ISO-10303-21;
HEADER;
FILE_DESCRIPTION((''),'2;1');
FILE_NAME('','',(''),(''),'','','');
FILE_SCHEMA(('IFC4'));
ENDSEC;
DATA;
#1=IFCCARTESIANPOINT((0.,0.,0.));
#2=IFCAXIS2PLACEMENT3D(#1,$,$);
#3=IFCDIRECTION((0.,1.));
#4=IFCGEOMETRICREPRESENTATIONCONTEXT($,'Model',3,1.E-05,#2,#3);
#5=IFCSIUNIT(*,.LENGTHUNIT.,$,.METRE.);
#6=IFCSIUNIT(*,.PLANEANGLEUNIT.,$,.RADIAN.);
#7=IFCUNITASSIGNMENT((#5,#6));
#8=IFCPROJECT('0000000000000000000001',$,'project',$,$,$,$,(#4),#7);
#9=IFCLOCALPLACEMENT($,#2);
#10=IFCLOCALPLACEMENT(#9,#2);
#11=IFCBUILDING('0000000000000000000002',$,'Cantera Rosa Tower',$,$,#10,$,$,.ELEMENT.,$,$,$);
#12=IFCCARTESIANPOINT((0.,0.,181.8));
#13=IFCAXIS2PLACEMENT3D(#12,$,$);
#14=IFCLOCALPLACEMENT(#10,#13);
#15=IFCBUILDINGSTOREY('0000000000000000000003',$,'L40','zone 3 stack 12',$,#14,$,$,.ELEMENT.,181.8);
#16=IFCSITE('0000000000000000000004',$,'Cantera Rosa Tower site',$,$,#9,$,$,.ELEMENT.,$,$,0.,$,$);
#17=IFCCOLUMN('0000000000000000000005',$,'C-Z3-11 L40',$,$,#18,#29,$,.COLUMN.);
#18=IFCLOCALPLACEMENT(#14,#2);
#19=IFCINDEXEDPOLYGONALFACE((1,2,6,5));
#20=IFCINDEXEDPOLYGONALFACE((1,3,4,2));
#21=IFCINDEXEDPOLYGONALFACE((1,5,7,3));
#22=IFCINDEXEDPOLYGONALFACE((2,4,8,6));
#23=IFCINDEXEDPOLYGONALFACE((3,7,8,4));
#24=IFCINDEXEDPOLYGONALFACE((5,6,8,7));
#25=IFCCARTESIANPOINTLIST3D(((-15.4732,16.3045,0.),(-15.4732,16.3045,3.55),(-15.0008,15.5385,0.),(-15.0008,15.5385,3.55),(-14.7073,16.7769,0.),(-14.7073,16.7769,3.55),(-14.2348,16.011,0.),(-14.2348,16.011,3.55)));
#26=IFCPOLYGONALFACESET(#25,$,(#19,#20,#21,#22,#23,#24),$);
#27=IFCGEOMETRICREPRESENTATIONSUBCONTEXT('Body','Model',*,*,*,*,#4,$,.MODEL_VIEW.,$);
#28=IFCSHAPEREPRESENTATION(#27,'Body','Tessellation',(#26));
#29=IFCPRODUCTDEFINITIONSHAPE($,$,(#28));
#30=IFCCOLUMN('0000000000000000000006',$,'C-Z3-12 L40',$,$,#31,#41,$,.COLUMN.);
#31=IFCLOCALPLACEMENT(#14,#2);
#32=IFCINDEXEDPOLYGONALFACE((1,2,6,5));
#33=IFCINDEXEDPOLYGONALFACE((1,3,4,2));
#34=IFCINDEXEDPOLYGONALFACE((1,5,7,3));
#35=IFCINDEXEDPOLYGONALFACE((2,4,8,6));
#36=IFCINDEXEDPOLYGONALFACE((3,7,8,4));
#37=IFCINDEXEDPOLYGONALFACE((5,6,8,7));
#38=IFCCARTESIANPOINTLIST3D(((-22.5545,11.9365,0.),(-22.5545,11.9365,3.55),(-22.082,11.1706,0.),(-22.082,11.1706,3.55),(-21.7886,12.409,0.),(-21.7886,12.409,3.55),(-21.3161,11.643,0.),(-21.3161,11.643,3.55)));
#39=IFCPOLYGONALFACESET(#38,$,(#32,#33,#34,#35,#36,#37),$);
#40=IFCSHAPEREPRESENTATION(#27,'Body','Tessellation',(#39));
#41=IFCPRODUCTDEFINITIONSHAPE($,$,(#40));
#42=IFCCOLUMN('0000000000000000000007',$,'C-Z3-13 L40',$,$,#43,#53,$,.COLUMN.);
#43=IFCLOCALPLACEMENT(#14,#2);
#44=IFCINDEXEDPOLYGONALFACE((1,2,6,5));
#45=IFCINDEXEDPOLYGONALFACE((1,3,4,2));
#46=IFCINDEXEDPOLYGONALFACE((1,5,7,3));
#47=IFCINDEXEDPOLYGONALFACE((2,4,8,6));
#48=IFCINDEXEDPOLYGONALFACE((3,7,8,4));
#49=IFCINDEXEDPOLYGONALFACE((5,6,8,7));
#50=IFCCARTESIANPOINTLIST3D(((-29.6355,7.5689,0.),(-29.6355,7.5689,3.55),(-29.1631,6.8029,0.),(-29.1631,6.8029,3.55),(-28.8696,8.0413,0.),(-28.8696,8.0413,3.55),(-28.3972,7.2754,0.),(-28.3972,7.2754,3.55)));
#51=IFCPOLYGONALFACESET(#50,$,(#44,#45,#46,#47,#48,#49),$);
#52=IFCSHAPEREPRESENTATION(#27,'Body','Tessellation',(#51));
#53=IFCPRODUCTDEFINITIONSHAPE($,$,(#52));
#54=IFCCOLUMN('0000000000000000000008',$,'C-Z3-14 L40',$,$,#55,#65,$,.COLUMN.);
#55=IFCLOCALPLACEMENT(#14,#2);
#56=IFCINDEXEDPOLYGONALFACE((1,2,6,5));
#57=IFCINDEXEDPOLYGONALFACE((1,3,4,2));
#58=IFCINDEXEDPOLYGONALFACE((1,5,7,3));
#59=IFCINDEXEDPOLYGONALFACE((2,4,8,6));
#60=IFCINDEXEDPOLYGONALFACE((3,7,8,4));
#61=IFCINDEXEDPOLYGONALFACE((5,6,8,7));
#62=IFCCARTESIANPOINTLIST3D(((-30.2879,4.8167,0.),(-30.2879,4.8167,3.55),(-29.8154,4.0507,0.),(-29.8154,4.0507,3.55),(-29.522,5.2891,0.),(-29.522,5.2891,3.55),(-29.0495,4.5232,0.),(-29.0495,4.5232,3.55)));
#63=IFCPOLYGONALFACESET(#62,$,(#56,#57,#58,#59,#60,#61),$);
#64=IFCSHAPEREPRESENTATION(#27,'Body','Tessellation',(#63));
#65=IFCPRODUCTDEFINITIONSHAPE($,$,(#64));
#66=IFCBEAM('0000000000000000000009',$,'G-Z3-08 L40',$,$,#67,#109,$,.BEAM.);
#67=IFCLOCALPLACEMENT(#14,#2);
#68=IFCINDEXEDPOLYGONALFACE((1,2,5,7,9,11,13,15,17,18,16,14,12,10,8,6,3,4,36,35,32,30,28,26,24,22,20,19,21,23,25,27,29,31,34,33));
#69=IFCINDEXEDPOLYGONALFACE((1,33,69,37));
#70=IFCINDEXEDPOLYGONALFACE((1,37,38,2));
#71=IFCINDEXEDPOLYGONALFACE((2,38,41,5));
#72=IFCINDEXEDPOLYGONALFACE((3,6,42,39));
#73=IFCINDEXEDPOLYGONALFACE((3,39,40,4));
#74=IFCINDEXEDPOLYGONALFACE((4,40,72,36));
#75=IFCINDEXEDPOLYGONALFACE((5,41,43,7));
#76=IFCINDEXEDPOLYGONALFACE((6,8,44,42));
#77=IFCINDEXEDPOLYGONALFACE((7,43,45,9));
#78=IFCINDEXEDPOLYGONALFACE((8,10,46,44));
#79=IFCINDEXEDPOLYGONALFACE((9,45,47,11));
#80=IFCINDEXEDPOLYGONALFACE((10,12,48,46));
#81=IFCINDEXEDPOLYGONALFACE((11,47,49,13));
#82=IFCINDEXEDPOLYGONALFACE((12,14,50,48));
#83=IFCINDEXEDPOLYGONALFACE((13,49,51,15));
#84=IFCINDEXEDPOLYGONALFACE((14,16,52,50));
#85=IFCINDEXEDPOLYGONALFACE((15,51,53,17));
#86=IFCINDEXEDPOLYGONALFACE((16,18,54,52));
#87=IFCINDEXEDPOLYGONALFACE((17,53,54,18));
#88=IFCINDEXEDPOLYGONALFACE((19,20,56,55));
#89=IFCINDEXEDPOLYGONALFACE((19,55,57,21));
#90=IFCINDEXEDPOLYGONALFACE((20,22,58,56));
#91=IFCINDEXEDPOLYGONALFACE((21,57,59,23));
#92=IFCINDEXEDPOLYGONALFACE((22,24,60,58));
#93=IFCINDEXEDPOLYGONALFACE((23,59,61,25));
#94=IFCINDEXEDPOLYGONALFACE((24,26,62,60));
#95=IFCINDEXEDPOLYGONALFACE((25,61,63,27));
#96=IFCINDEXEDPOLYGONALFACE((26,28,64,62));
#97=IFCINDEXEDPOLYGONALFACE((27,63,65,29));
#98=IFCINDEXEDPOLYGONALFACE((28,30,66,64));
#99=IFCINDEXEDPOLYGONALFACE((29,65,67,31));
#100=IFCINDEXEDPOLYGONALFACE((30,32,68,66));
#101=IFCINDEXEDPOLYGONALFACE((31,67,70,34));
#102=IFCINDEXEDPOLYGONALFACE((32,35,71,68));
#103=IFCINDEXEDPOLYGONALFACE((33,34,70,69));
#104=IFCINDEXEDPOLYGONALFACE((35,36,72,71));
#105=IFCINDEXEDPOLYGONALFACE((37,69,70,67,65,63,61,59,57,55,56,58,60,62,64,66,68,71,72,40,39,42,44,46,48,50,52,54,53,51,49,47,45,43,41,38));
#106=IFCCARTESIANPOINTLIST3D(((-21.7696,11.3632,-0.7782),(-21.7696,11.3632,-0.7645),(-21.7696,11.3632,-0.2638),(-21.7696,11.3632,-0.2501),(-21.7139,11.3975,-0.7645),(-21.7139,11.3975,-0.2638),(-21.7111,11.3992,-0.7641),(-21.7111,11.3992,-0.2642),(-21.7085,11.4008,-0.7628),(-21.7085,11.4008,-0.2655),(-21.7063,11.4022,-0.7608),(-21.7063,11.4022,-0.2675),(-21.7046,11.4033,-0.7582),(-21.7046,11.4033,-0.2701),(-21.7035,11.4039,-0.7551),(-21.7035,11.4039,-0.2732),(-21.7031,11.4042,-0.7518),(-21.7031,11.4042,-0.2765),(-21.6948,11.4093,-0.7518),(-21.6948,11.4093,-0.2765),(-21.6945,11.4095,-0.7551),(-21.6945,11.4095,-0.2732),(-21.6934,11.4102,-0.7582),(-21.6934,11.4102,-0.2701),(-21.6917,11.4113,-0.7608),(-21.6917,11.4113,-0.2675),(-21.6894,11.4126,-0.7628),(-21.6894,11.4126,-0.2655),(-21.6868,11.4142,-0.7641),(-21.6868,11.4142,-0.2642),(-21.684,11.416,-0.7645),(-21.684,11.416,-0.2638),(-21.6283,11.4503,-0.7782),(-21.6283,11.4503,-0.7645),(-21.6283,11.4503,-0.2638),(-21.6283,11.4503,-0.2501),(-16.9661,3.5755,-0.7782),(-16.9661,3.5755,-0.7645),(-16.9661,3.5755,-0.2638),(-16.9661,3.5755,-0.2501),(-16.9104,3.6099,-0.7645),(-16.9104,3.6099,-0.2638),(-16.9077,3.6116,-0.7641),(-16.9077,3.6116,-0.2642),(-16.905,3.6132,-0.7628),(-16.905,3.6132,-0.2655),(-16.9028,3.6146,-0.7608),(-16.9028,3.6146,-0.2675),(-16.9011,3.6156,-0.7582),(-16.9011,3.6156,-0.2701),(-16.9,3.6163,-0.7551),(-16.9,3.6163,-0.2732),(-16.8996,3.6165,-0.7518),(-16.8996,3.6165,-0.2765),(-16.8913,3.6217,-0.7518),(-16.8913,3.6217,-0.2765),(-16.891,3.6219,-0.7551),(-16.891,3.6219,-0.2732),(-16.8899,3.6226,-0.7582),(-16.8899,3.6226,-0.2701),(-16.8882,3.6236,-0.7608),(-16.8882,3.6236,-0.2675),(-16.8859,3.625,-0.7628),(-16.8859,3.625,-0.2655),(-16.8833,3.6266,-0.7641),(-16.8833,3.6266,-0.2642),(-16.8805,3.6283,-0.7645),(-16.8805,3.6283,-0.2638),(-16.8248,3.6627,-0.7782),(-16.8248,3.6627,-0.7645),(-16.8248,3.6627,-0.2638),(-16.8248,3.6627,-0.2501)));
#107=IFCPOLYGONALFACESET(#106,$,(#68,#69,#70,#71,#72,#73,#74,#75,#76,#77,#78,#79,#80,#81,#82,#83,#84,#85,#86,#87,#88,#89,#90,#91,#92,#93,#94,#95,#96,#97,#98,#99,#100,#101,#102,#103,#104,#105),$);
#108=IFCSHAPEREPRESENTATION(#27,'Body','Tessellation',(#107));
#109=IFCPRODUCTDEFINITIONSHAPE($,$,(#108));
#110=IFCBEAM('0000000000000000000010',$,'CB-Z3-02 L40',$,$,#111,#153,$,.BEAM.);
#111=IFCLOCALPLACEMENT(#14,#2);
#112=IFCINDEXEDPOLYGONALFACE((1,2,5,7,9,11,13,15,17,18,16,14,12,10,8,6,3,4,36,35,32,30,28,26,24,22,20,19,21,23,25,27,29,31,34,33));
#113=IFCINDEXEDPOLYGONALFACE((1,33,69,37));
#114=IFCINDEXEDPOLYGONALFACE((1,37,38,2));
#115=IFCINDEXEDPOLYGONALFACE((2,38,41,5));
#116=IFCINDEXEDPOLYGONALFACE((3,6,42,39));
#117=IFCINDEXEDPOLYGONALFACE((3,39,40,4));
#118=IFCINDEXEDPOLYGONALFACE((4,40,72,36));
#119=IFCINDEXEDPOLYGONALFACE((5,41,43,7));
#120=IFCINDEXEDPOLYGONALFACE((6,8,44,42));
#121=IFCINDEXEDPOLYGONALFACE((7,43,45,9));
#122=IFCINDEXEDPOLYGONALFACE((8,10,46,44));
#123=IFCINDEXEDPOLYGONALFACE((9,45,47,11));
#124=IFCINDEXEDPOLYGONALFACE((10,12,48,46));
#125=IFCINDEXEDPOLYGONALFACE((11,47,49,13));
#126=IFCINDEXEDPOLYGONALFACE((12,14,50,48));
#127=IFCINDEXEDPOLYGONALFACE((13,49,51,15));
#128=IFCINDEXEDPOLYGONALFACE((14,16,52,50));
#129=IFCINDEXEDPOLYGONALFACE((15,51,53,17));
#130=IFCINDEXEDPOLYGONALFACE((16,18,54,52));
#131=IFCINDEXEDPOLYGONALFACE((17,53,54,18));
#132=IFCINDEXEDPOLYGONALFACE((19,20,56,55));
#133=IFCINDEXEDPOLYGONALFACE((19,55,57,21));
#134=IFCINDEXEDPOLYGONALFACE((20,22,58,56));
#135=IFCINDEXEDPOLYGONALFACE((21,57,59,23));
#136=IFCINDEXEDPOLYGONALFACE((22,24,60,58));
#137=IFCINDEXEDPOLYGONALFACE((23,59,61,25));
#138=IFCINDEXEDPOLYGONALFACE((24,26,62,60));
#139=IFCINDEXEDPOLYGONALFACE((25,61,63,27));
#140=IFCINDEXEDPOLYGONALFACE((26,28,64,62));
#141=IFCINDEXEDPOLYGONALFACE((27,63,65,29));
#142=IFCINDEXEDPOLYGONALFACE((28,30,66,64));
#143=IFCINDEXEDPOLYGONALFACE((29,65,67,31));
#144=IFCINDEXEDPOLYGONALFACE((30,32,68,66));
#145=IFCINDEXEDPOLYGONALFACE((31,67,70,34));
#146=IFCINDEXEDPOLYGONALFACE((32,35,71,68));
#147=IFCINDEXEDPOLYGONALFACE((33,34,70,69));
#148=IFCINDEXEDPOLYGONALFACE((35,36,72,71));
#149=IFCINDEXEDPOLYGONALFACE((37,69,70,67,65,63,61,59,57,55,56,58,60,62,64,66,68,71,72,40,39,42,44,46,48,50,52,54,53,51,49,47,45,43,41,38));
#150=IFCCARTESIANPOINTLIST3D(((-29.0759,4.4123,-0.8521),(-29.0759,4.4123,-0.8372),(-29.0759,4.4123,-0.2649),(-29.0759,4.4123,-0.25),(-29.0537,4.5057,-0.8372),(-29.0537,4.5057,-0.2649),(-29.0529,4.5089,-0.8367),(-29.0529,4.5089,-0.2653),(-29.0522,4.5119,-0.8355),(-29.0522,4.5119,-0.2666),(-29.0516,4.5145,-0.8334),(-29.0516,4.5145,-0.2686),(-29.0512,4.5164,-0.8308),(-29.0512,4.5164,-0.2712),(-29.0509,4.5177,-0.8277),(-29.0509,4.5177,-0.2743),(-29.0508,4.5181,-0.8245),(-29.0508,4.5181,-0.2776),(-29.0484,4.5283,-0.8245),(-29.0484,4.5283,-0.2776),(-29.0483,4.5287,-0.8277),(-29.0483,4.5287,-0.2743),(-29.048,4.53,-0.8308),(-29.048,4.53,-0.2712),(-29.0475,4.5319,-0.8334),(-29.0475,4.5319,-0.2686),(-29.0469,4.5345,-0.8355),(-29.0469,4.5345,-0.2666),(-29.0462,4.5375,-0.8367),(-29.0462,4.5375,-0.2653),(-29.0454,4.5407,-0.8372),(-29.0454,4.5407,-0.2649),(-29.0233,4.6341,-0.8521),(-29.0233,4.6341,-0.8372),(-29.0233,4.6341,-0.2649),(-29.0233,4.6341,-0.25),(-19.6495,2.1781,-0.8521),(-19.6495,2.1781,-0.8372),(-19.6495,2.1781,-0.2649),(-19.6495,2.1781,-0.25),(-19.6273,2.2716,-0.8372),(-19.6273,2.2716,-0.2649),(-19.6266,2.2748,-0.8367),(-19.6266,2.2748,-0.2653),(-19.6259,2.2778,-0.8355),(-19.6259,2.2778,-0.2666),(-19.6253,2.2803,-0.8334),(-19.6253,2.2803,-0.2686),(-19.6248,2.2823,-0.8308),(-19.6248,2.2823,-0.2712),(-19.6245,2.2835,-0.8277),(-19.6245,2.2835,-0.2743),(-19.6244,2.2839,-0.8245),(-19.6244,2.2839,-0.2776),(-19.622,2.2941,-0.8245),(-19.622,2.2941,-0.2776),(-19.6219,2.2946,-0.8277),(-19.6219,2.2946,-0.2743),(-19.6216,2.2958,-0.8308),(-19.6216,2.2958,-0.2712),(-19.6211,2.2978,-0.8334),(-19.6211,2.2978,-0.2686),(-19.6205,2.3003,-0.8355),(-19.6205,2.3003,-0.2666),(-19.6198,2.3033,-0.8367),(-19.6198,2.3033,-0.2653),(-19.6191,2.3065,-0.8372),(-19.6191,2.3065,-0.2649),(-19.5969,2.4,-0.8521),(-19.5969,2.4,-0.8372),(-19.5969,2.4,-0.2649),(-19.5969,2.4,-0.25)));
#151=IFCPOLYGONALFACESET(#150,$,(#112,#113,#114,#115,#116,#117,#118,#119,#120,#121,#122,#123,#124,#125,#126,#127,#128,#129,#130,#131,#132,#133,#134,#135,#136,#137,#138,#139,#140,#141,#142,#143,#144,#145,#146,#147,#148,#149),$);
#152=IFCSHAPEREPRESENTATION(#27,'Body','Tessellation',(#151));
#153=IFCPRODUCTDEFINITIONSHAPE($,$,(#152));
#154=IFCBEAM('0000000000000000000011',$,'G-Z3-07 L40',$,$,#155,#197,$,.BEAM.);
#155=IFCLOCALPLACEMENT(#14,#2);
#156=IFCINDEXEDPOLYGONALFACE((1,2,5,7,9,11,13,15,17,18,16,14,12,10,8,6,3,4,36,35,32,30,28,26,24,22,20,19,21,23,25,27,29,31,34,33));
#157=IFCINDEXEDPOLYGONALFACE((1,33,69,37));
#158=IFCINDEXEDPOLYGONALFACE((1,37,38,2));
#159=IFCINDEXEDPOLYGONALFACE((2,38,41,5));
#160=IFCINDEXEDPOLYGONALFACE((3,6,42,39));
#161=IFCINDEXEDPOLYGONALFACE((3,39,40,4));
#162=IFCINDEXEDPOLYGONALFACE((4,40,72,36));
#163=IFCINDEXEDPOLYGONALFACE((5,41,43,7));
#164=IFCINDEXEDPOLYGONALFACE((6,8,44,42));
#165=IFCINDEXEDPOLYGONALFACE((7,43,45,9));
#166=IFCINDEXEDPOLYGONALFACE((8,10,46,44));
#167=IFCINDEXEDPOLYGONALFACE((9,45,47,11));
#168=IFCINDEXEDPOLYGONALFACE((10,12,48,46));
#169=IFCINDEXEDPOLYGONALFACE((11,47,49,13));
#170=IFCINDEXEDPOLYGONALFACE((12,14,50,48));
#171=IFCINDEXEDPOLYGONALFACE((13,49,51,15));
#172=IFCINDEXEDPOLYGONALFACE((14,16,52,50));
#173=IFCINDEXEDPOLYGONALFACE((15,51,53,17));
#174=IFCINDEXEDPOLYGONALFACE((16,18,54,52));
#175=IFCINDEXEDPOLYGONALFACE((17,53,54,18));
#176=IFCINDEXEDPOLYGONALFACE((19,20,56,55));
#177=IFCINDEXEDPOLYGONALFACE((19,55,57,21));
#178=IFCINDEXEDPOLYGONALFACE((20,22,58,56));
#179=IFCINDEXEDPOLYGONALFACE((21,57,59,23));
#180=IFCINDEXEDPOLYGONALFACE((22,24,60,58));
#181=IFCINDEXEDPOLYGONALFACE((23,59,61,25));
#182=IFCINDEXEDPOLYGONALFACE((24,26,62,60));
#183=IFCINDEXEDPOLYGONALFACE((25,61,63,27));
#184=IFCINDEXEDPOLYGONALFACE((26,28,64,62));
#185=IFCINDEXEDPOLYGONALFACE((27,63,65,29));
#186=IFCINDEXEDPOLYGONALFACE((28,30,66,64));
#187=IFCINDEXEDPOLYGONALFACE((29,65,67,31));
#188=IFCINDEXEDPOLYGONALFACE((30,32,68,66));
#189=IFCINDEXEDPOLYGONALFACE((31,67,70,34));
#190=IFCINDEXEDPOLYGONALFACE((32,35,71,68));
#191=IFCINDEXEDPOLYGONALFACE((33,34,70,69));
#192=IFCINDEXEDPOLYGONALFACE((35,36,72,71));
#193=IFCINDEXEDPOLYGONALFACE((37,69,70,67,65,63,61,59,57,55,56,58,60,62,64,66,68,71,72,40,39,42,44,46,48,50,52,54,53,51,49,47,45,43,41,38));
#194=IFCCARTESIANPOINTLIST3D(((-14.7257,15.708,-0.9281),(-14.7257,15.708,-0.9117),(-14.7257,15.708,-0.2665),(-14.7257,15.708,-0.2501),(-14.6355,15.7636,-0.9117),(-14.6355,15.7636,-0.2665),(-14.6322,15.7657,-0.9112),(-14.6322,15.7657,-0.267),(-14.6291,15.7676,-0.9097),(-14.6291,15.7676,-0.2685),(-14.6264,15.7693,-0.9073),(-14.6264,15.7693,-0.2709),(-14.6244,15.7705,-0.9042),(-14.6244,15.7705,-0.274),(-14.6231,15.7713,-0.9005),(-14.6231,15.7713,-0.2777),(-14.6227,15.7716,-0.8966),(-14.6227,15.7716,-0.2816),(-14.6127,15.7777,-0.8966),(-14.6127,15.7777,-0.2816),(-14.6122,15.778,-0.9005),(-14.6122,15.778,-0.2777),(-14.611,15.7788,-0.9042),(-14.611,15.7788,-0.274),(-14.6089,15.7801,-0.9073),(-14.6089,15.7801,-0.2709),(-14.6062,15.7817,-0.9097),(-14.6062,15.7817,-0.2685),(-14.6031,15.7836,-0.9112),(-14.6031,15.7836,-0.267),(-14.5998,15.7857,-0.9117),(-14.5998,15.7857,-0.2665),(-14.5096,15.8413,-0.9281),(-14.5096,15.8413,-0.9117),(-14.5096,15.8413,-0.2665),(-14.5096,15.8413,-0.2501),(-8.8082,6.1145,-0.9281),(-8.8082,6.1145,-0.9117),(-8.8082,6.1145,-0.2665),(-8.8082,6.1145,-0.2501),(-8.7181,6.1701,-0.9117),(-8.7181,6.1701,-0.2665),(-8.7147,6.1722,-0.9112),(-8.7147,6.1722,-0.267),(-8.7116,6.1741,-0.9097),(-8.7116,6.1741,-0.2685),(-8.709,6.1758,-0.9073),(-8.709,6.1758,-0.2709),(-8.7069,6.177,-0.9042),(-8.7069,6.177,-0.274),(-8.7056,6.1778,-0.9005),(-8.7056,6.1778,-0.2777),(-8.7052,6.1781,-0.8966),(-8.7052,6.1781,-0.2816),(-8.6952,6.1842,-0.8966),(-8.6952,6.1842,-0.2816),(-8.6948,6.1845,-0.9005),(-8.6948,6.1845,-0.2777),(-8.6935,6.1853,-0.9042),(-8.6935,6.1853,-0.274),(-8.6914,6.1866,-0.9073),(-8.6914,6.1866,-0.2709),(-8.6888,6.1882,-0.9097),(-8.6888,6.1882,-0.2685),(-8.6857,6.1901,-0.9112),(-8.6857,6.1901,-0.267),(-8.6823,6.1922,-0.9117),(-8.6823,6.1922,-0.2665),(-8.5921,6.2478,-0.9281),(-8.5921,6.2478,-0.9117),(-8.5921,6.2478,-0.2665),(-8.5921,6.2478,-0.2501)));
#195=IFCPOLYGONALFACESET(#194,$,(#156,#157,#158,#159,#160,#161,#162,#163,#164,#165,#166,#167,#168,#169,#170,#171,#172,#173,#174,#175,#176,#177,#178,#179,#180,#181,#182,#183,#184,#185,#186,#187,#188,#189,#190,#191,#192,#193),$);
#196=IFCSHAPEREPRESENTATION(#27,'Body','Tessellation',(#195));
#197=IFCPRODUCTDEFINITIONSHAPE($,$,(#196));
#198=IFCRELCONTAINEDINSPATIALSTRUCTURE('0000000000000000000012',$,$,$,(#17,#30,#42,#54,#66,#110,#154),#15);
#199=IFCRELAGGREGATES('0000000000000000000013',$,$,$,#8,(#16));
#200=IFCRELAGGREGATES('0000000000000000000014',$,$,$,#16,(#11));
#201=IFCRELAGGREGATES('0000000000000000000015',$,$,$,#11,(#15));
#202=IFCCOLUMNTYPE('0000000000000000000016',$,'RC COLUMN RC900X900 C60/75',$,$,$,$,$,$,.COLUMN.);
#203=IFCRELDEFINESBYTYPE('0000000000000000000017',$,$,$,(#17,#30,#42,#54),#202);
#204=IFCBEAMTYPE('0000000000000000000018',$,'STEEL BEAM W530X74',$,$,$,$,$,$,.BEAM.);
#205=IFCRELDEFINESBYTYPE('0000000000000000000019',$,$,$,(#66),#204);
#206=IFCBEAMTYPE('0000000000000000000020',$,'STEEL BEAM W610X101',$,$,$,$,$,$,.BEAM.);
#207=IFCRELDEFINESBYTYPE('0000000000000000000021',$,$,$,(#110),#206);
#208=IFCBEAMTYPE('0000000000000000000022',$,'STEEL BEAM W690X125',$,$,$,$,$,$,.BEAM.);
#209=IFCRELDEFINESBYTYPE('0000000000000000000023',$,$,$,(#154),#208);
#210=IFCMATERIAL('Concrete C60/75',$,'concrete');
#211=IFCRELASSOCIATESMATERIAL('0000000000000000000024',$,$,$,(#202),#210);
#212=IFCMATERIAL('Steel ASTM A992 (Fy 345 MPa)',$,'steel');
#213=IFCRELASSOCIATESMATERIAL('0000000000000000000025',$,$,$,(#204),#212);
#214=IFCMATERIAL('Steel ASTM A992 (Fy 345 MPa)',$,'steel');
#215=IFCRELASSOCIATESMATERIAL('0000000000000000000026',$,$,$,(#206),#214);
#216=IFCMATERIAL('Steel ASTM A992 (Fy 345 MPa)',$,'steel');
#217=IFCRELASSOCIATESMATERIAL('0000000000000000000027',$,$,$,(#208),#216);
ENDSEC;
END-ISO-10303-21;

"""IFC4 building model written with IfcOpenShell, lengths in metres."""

from ifc_helpers import new_model, si_unit, direction, frame, origin, origin_2d, place, context, subcontext, project, spatial, rectangle, i_section, extrude, material, material_profile, profile_set, type_object, element, save


model = new_model("IFC4")

# Units and contexts
model_context = context("Model", 3, precision=1e-05, world=origin(), true_north=direction((0.0, 1.0)))
body_context = subcontext(model_context, "Body", "Model", "MODEL_VIEW")
ifc_project = project(units=[si_unit("LENGTHUNIT", "METRE"), si_unit("PLANEANGLEUNIT", "RADIAN")], contexts=[model_context])

# Site, building, storey
site_placement = place(None, origin())
site = spatial("IfcSite", under=ifc_project, at=site_placement, Name="Cantera Rosa Tower site", CompositionType="ELEMENT", RefElevation=0.0)
building_placement = place(site_placement, origin())
building = spatial("IfcBuilding", under=site, at=building_placement, Name="Cantera Rosa Tower", CompositionType="ELEMENT")
storey_placement = place(building_placement, frame((0.0, 0.0, 181.8)))
storey = spatial("IfcBuildingStorey", under=building, at=storey_placement, Name="L40", Description="zone 3 stack 12", CompositionType="ELEMENT", Elevation=181.8)

# Columns
ifc_material_1 = material(Name="Concrete C60/75", Category="concrete")
ifc_material_profile_1 = material_profile(ifc_material_1, rectangle(XDim=0.8999, YDim=0.8999, at=origin_2d()), Name="RC COLUMN RC900X900 C60/75")
ifc_profile_set_1 = profile_set([ifc_material_profile_1], Name="Concrete C60/75")
column_type = type_object("IfcColumnType", Name="RC COLUMN RC900X900 C60/75", PredefinedType="COLUMN", material=ifc_profile_set_1)
for number, where, z_axis, x_axis, name in (
    (1, (-14.854, 16.1577, 0.0), (0.0, 0.0, 1.0), (0.851117, 0.524977, 0.0), "C-Z3-11 L40"),
    (2, (-21.9353, 11.7898, 0.0), (0.0, 0.0, 1.0), (0.851117, 0.524977, 0.0), "C-Z3-12 L40"),
    (3, (-29.0164, 7.4221, 0.0), (0.0, 0.0, 1.0), (0.851117, 0.524977, 0.0), "C-Z3-13 L40"),
    (4, (-29.6687, 4.6699, 0.0), (0.0, 0.0, 1.0), (0.851117, 0.524977, 0.0), "C-Z3-14 L40"),
):
    element("IfcColumn", number, at=place(storey_placement, frame(where, z_axis=z_axis, x_axis=x_axis)), inside=storey, type_object=column_type, Name=name, PredefinedType="COLUMN", context=body_context, shape_type="SweptSolid", body=[
        extrude(rectangle(XDim=0.8999, YDim=0.8999, at=origin_2d()), origin(), (0.0, 0.0, 1.0), 3.55),
    ])

# Beams
ifc_material_2 = material(Name="Steel ASTM A992 (Fy 345 MPa)", Category="steel")
ifc_material_profile_2 = material_profile(ifc_material_2, i_section(OverallWidth=0.166, OverallDepth=0.5281, WebThickness=0.0098, FlangeThickness=0.0137, FilletRadius=0.0127, at=origin_2d()), Name="W530X74")
ifc_profile_set_2 = profile_set([ifc_material_profile_2], Name="Steel ASTM A992 (Fy 345 MPa)")
beam_type_1 = type_object("IfcBeamType", Name="STEEL BEAM W530X74", PredefinedType="BEAM", material=ifc_profile_set_2)
beam_1_placement = place(storey_placement, frame((-21.699, 11.4067, -0.5142), z_axis=(0.524977, -0.851116, 0.0), x_axis=(0.851116, 0.524977, 0.0)))
element("IfcBeam", 5, at=beam_1_placement, inside=storey, type_object=beam_type_1, Name="G-Z3-08 L40", PredefinedType="BEAM", context=body_context, shape_type="SweptSolid", body=[
    extrude(i_section(OverallWidth=0.166, OverallDepth=0.5281, WebThickness=0.0098, FlangeThickness=0.0137, FilletRadius=0.0127, at=origin_2d()), origin(), (0.0, 0.0, 1.0), 9.1499),
])
ifc_material_3 = material(Name="Steel ASTM A992 (Fy 345 MPa)", Category="steel")
ifc_material_profile_3 = material_profile(ifc_material_3, i_section(OverallWidth=0.228, OverallDepth=0.6021, WebThickness=0.0105, FlangeThickness=0.0149, FilletRadius=0.0127, at=origin_2d()), Name="W610X101")
ifc_profile_set_3 = profile_set([ifc_material_profile_3], Name="Steel ASTM A992 (Fy 345 MPa)")
beam_type_2 = type_object("IfcBeamType", Name="STEEL BEAM W610X101", PredefinedType="BEAM", material=ifc_profile_set_3)
beam_2_placement = place(storey_placement, frame((-29.0496, 4.5232, -0.551), z_axis=(0.973043, -0.230622, 0.0), x_axis=(0.230622, 0.973043, 0.0)))
element("IfcBeam", 6, at=beam_2_placement, inside=storey, type_object=beam_type_2, Name="CB-Z3-02 L40", PredefinedType="BEAM", context=body_context, shape_type="SweptSolid", body=[
    extrude(i_section(OverallWidth=0.228, OverallDepth=0.6021, WebThickness=0.0105, FlangeThickness=0.0149, FilletRadius=0.0127, at=origin_2d()), origin(), (0.0, 0.0, 1.0), 9.6875),
])
ifc_material_4 = material(Name="Steel ASTM A992 (Fy 345 MPa)", Category="steel")
ifc_material_profile_4 = material_profile(ifc_material_4, i_section(OverallWidth=0.2539, OverallDepth=0.678, WebThickness=0.0117, FlangeThickness=0.0164, FilletRadius=0.0151, at=origin_2d()), Name="W690X125")
ifc_profile_set_4 = profile_set([ifc_material_profile_4], Name="Steel ASTM A992 (Fy 345 MPa)")
beam_type_3 = type_object("IfcBeamType", Name="STEEL BEAM W690X125", PredefinedType="BEAM", material=ifc_profile_set_4)
beam_3_placement = place(storey_placement, frame((-14.6177, 15.7747, -0.5891), z_axis=(0.524984, -0.851112, 0.0), x_axis=(0.851112, 0.524984, 0.0)))
element("IfcBeam", 7, at=beam_3_placement, inside=storey, type_object=beam_type_3, Name="G-Z3-07 L40", PredefinedType="BEAM", context=body_context, shape_type="SweptSolid", body=[
    extrude(i_section(OverallWidth=0.2539, OverallDepth=0.678, WebThickness=0.0117, FlangeThickness=0.0164, FilletRadius=0.0151, at=origin_2d()), origin(), (0.0, 0.0, 1.0), 11.2717),
])

save(model, "model.ifc")
